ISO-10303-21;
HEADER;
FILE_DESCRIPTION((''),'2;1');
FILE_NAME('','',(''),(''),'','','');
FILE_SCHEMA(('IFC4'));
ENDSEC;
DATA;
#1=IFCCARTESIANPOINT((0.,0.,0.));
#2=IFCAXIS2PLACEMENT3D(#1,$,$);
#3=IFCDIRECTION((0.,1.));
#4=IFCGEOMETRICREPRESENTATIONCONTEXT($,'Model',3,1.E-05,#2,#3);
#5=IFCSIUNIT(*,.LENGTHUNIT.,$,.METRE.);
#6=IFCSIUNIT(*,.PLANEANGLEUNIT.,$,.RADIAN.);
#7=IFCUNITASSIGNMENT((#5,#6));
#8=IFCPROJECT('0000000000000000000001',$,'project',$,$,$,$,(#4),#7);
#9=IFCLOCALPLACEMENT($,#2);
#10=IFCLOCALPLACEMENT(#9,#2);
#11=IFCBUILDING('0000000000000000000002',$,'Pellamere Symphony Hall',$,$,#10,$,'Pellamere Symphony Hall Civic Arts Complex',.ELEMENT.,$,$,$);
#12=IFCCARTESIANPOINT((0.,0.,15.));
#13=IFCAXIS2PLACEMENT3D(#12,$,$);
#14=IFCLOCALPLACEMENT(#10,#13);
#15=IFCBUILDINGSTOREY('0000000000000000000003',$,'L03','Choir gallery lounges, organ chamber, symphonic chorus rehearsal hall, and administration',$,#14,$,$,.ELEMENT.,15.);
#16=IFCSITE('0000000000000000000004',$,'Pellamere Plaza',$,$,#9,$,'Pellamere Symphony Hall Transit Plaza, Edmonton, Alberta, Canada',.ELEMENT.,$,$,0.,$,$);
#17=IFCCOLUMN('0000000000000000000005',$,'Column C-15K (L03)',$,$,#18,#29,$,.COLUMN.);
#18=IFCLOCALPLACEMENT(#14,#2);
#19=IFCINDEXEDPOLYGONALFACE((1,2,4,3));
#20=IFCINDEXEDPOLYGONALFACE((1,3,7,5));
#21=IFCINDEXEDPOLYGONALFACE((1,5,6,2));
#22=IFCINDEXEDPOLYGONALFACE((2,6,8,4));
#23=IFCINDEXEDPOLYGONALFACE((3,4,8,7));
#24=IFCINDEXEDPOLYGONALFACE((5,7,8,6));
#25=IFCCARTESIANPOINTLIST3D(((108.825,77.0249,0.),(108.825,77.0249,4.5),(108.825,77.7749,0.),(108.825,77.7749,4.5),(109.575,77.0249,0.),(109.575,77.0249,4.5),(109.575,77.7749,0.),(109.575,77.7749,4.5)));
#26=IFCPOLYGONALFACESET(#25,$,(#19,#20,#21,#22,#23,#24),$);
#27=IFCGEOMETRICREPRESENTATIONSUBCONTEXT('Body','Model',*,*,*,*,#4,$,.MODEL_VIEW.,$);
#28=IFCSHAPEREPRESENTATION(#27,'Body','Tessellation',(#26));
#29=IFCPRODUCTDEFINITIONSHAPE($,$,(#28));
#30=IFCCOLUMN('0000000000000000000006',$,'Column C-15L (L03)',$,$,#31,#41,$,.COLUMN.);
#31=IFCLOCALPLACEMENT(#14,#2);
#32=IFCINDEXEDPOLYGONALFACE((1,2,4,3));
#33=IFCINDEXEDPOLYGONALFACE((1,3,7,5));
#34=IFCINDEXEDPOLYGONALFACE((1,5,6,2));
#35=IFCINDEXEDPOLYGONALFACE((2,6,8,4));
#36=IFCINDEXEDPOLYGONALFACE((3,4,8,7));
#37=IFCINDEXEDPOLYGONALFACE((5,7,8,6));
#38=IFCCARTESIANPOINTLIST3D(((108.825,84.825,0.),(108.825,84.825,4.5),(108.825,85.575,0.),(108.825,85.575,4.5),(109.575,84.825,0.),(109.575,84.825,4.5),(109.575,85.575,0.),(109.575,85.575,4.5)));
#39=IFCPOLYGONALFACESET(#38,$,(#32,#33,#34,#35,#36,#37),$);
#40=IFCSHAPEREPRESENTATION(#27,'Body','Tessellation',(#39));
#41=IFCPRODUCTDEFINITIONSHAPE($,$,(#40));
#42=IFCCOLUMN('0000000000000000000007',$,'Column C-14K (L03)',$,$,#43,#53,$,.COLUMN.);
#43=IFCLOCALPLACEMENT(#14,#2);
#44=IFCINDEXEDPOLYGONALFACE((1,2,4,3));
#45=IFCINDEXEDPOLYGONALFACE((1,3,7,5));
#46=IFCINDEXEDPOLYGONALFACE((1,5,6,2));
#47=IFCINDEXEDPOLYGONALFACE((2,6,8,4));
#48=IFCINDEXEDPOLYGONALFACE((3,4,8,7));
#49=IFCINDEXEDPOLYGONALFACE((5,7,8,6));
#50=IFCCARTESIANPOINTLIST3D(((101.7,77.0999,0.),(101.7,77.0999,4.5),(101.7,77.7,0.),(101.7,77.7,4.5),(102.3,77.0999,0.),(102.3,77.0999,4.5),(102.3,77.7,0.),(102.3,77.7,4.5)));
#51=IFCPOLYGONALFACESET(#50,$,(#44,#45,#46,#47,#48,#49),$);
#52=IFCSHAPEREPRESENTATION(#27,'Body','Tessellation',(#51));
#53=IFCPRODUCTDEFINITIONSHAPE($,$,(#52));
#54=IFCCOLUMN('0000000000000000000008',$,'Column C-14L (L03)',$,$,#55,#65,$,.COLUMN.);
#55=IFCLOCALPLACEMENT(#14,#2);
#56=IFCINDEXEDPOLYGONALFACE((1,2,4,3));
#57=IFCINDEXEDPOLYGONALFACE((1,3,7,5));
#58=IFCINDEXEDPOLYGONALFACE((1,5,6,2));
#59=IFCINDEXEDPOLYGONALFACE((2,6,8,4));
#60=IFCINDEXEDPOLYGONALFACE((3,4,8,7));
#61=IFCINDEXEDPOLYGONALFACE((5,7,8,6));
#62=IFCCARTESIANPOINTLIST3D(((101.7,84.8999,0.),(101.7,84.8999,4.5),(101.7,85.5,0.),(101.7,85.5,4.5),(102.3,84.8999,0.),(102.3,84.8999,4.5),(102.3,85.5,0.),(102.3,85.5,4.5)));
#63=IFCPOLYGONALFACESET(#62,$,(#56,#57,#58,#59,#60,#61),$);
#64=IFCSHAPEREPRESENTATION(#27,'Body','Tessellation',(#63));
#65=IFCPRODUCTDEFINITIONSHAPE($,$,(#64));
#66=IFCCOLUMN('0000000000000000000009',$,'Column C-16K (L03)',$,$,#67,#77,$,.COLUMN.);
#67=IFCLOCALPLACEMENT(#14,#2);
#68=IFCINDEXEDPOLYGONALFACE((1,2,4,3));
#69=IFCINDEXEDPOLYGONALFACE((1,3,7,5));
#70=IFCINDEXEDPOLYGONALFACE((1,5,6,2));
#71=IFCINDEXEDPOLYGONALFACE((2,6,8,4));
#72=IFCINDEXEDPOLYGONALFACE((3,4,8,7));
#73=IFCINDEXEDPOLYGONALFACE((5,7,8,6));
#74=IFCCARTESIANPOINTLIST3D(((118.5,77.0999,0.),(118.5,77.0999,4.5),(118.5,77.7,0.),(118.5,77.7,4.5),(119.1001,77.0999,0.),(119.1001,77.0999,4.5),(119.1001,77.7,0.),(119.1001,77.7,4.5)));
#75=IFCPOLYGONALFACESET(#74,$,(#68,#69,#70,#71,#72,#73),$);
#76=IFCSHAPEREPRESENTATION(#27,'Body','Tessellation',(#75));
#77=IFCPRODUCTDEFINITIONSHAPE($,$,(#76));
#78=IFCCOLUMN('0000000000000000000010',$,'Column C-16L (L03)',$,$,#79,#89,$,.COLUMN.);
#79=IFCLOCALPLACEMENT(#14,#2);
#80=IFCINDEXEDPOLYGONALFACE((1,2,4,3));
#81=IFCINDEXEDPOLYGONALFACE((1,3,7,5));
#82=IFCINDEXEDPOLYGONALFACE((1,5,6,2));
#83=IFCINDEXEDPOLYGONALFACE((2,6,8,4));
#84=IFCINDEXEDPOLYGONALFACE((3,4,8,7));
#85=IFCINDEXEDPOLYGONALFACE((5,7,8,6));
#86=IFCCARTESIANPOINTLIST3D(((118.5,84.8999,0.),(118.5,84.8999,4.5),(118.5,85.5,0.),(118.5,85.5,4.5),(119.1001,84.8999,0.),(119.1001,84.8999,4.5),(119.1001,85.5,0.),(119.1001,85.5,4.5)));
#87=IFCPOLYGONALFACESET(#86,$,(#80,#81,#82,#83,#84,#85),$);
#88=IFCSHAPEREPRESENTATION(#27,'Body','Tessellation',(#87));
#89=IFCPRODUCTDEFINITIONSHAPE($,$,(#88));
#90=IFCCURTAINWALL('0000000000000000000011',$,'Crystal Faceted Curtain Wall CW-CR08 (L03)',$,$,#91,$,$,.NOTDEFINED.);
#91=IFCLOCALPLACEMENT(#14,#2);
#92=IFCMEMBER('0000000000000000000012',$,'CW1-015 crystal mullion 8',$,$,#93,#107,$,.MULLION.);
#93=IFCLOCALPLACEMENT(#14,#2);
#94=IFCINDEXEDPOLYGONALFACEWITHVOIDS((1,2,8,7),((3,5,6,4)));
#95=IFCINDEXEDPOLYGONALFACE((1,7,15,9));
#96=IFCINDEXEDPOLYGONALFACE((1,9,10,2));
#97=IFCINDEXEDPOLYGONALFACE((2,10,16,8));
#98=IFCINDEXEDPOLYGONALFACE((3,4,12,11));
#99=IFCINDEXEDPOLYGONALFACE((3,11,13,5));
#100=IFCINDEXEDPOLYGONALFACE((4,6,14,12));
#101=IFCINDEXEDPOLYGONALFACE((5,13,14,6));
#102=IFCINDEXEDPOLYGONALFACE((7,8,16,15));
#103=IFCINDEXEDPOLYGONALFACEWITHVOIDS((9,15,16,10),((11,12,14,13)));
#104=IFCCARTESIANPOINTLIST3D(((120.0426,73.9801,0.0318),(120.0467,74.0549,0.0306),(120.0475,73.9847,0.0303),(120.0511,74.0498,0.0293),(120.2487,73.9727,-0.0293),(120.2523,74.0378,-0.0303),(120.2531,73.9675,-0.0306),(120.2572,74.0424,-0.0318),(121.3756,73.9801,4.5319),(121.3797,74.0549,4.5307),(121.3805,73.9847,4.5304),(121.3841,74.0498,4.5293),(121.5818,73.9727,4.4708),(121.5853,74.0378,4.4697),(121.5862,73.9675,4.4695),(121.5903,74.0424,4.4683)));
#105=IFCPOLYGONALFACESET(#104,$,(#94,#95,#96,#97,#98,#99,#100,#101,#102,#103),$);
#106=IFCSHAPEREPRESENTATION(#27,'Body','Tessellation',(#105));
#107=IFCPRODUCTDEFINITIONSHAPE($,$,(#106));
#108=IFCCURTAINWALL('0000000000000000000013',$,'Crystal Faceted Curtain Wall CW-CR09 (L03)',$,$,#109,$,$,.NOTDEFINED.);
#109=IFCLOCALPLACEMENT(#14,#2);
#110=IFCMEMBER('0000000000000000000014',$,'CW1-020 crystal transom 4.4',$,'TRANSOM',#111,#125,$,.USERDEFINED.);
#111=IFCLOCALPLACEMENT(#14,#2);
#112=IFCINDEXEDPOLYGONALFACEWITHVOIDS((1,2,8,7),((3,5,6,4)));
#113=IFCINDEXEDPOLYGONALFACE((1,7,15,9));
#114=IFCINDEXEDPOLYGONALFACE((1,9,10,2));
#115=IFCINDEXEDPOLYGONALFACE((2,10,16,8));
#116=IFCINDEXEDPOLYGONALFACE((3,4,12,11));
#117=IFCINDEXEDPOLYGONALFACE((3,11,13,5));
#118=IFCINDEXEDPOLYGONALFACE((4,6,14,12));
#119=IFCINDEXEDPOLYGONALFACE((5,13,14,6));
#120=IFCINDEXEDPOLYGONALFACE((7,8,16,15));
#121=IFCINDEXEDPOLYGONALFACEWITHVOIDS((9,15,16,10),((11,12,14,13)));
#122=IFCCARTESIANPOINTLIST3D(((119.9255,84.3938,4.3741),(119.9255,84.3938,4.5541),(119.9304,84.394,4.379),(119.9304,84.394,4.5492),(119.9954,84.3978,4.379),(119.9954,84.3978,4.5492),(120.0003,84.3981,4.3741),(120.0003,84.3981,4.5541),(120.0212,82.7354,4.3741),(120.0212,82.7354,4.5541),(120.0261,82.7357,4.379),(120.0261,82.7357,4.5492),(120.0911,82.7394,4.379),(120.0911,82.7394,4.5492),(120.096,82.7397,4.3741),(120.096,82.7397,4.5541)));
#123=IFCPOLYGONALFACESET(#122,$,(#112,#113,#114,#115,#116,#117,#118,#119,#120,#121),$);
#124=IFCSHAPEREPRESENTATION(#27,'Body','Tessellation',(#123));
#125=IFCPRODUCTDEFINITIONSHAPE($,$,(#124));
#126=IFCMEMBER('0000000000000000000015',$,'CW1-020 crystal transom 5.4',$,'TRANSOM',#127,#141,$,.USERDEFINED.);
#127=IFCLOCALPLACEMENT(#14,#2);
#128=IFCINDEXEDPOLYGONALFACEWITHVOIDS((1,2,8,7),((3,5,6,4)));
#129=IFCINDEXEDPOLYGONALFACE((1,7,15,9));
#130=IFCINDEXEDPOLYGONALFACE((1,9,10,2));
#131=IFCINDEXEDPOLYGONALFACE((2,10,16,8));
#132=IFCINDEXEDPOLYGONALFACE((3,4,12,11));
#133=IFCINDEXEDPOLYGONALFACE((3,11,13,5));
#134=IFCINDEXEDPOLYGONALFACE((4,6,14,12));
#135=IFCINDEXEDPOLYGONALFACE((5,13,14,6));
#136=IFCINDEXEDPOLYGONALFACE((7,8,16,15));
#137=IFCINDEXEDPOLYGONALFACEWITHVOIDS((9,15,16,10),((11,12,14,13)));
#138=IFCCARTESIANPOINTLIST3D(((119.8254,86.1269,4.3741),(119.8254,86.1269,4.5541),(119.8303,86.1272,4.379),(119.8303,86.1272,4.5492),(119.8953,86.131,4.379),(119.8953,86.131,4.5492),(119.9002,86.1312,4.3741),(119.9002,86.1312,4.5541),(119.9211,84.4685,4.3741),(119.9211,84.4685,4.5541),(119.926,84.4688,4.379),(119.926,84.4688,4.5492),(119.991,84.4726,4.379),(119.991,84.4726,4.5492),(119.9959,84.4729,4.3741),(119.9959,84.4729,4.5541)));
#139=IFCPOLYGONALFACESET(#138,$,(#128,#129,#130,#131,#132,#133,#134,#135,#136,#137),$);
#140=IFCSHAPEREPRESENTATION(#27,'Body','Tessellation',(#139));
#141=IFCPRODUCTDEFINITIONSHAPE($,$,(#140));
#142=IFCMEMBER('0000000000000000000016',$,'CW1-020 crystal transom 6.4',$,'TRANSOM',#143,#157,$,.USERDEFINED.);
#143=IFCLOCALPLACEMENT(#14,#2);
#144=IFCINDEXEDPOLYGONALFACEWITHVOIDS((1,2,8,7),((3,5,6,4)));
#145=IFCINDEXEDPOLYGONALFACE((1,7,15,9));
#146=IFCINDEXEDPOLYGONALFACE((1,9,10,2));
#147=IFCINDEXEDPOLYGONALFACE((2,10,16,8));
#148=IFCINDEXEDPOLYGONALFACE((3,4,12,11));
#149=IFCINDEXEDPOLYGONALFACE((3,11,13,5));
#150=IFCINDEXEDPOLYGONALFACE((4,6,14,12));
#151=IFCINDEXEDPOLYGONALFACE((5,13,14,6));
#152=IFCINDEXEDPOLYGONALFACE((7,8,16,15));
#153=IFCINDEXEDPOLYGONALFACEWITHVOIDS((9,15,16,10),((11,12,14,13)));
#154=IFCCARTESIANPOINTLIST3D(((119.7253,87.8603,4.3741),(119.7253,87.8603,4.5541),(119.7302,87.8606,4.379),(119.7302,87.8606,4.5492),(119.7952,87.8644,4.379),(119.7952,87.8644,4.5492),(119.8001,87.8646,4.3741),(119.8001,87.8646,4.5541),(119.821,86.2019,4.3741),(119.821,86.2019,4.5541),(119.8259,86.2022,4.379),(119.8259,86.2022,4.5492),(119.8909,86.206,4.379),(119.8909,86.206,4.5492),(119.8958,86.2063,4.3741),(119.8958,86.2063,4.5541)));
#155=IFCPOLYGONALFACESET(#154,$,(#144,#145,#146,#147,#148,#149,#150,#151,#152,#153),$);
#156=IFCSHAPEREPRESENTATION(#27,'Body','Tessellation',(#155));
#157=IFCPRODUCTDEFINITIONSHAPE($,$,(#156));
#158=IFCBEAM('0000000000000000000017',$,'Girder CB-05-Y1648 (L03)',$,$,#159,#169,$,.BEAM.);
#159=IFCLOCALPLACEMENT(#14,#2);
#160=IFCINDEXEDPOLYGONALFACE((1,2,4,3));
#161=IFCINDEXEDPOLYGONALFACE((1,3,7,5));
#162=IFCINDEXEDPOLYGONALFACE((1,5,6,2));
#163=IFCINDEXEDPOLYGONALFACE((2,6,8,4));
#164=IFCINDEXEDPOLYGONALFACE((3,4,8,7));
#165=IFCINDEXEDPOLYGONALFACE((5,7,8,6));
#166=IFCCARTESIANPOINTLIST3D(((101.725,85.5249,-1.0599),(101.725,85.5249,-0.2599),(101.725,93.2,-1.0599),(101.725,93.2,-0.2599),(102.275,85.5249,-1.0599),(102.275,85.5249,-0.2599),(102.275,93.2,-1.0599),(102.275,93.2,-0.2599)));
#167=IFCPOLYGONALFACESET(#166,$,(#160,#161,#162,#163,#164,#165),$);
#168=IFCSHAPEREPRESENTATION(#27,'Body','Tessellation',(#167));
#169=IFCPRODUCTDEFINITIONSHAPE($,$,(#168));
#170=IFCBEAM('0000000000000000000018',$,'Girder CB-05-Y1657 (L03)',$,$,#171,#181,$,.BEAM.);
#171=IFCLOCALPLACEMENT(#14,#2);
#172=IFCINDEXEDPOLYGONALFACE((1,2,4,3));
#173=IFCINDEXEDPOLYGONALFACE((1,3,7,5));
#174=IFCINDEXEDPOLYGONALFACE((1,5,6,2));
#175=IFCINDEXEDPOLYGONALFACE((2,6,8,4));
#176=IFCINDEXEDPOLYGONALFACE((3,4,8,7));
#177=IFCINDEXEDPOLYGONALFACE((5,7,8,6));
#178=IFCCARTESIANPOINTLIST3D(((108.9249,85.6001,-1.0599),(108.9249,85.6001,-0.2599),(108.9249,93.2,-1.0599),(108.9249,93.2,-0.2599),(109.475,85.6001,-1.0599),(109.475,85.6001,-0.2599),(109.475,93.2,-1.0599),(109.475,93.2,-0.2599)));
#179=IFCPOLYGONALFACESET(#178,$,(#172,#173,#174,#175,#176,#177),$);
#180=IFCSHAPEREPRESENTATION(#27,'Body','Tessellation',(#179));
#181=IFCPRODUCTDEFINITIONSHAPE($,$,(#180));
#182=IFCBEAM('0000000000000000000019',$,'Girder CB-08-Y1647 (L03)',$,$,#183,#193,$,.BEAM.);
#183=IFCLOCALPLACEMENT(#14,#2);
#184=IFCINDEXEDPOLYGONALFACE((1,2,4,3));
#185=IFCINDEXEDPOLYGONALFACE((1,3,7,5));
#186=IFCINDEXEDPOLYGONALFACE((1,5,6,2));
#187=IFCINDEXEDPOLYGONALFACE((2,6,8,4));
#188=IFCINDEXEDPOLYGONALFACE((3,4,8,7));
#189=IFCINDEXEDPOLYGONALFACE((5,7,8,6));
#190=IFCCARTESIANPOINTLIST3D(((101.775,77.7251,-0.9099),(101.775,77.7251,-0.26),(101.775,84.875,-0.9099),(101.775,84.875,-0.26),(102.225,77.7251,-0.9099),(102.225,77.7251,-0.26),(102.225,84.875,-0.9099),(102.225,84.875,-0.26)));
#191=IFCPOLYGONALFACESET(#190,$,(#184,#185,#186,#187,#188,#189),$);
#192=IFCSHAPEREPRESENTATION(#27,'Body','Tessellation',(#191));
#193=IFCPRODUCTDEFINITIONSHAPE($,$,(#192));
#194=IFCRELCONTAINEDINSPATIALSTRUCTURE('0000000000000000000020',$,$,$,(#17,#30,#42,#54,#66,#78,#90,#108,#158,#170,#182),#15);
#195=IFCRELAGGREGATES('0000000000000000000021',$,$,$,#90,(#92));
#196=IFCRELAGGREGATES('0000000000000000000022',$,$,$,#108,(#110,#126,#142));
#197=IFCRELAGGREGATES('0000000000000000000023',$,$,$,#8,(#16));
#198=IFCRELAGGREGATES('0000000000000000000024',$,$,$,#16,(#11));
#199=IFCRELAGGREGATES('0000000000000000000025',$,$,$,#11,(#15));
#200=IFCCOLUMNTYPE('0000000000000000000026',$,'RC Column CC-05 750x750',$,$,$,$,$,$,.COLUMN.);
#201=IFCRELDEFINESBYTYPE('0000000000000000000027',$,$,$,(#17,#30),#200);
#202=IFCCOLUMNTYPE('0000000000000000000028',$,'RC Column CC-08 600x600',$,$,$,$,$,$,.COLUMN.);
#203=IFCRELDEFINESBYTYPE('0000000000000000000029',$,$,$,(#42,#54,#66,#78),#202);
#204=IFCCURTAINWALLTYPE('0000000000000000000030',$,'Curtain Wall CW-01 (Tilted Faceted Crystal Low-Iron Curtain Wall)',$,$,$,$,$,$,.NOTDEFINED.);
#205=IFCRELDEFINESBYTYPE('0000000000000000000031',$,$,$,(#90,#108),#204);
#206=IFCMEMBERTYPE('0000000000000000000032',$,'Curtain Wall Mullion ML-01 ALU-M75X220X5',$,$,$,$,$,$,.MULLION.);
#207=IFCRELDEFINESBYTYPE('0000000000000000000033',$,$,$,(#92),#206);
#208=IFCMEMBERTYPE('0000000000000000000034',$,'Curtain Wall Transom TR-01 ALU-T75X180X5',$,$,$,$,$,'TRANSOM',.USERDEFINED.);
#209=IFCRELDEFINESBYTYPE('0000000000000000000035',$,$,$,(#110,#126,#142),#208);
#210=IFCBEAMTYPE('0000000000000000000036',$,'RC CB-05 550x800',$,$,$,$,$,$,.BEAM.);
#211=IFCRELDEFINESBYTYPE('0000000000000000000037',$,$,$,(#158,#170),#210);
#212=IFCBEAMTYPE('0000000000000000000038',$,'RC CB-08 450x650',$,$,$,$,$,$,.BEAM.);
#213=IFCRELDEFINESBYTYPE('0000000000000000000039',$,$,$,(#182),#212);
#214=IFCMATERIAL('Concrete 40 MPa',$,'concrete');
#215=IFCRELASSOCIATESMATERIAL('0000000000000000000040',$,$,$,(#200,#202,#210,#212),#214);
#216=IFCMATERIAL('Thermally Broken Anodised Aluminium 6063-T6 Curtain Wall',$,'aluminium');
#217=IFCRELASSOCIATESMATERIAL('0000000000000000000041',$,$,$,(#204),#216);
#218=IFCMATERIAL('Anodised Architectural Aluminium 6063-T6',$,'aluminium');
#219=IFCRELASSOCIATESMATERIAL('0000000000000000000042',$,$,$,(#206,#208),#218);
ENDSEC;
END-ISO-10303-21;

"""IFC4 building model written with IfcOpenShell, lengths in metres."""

from ifc_helpers import new_model, si_unit, direction, frame, origin, origin_2d, place, context, subcontext, project, spatial, rectangle, hollow_rectangle, extrude, material, material_profile, profile_set, type_object, element, aggregate, save


model = new_model("IFC4")

# Units and contexts
model_context = context("Model", 3, precision=1e-05, world=origin(), true_north=direction((0.0, 1.0)))
body_context = subcontext(model_context, "Body", "Model", "MODEL_VIEW")
ifc_project = project(units=[si_unit("LENGTHUNIT", "METRE"), si_unit("PLANEANGLEUNIT", "RADIAN")], contexts=[model_context])

# Site, building, storey
site_placement = place(None, origin())
site = spatial("IfcSite", under=ifc_project, at=site_placement, Name="Pellamere Plaza", LongName="Pellamere Symphony Hall Transit Plaza, Edmonton, Alberta, Canada", CompositionType="ELEMENT", RefElevation=0.0)
building_placement = place(site_placement, origin())
building = spatial("IfcBuilding", under=site, at=building_placement, Name="Pellamere Symphony Hall", LongName="Pellamere Symphony Hall Civic Arts Complex", CompositionType="ELEMENT")
storey_placement = place(building_placement, frame((0.0, 0.0, 15.0)))
storey = spatial("IfcBuildingStorey", under=building, at=storey_placement, Name="L03", Description="Choir gallery lounges, organ chamber, symphonic chorus rehearsal hall, and administration", CompositionType="ELEMENT", Elevation=15.0)

# Columns
ifc_material_1 = material(Name="Concrete 40 MPa", Category="concrete")
ifc_material_profile_1 = material_profile(ifc_material_1, rectangle(XDim=0.75, YDim=0.75, at=origin_2d()), Name="RC 750x750")
ifc_profile_set_1 = profile_set([ifc_material_profile_1], Name="Concrete 40 MPa")
column_type_1 = type_object("IfcColumnType", Name="RC Column CC-05 750x750", PredefinedType="COLUMN", material=ifc_profile_set_1)
for number, where, z_axis, x_axis, name in (
    (1, (109.2, 77.3999, 0.0), (0.0, 0.0, 1.0), (1.0, 0.0, 0.0), "Column C-15K (L03)"),
    (2, (109.2, 85.2, 0.0), (0.0, 0.0, 1.0), (1.0, 0.0, 0.0), "Column C-15L (L03)"),
):
    element("IfcColumn", number, at=place(storey_placement, frame(where, z_axis=z_axis, x_axis=x_axis)), inside=storey, type_object=column_type_1, Name=name, PredefinedType="COLUMN", context=body_context, shape_type="SweptSolid", body=[
        extrude(rectangle(XDim=0.75, YDim=0.75, at=origin_2d()), origin(), (0.0, 0.0, 1.0), 4.5),
    ])
ifc_material_profile_2 = material_profile(ifc_material_1, rectangle(XDim=0.6001, YDim=0.6001, at=origin_2d()), Name="RC 600x600")
ifc_profile_set_2 = profile_set([ifc_material_profile_2], Name="Concrete 40 MPa")
column_type_2 = type_object("IfcColumnType", Name="RC Column CC-08 600x600", PredefinedType="COLUMN", material=ifc_profile_set_2)
for number, where, z_axis, x_axis, name in (
    (3, (102.0, 77.3999, 0.0), (0.0, 0.0, 1.0), (1.0, 0.0, 0.0), "Column C-14K (L03)"),
    (4, (102.0, 85.2, 0.0), (0.0, 0.0, 1.0), (1.0, 0.0, 0.0), "Column C-14L (L03)"),
    (5, (118.8, 77.3999, 0.0), (0.0, 0.0, 1.0), (1.0, 0.0, 0.0), "Column C-16K (L03)"),
    (6, (118.8, 85.2, 0.0), (0.0, 0.0, 1.0), (1.0, 0.0, 0.0), "Column C-16L (L03)"),
):
    element("IfcColumn", number, at=place(storey_placement, frame(where, z_axis=z_axis, x_axis=x_axis)), inside=storey, type_object=column_type_2, Name=name, PredefinedType="COLUMN", context=body_context, shape_type="SweptSolid", body=[
        extrude(rectangle(XDim=0.6001, YDim=0.6001, at=origin_2d()), origin(), (0.0, 0.0, 1.0), 4.5),
    ])

# Curtain wall, member
ifc_material_2 = material(Name="Thermally Broken Anodised Aluminium 6063-T6 Curtain Wall", Category="aluminium")
curtain_wall_type = type_object("IfcCurtainWallType", Name="Curtain Wall CW-01 (Tilted Faceted Crystal Low-Iron Curtain Wall)", PredefinedType="NOTDEFINED", material=ifc_material_2)
curtain_wall_1_placement = place(storey_placement, origin())
curtain_wall_1 = element("IfcCurtainWall", 7, at=curtain_wall_1_placement, inside=storey, type_object=curtain_wall_type, Name="Crystal Faceted Curtain Wall CW-CR08 (L03)", PredefinedType="NOTDEFINED")
ifc_material_3 = material(Name="Anodised Architectural Aluminium 6063-T6", Category="aluminium")
ifc_material_profile_3 = material_profile(ifc_material_3, hollow_rectangle(XDim=0.075, YDim=0.22, WallThickness=0.0049, at=origin_2d()), Name="ALU-M75X220X5")
ifc_profile_set_3 = profile_set([ifc_material_profile_3], Name="Anodised Architectural Aluminium 6063-T6")
member_type_1 = type_object("IfcMemberType", Name="Curtain Wall Mullion ML-01 ALU-M75X220X5", PredefinedType="MULLION", material=ifc_profile_set_3)
member_1_placement = place(storey_placement, frame((120.1499, 74.0112, 0.0), z_axis=(0.284025, 0.0, 0.958817), x_axis=(-0.054874, -0.998361, 0.016255)))
member_1 = element("IfcMember", 8, at=member_1_placement, type_object=member_type_1, Name="CW1-015 crystal mullion 8", PredefinedType="MULLION", context=body_context, shape_type="SweptSolid", body=[
    extrude(hollow_rectangle(XDim=0.075, YDim=0.22, WallThickness=0.0049, at=origin_2d()), origin(), (0.0, 0.0, 1.0), 4.6934),
])
aggregate(curtain_wall_1, [member_1])

# Curtain wall, members
curtain_wall_2_placement = place(storey_placement, origin())
curtain_wall_2 = element("IfcCurtainWall", 9, at=curtain_wall_2_placement, inside=storey, type_object=curtain_wall_type, Name="Crystal Faceted Curtain Wall CW-CR09 (L03)", PredefinedType="NOTDEFINED")
ifc_material_profile_4 = material_profile(ifc_material_3, hollow_rectangle(XDim=0.075, YDim=0.1799, WallThickness=0.0049, at=origin_2d()), Name="ALU-T75X180X5")
ifc_profile_set_4 = profile_set([ifc_material_profile_4], Name="Anodised Architectural Aluminium 6063-T6")
member_type_2 = type_object("IfcMemberType", Name="Curtain Wall Transom TR-01 ALU-T75X180X5", ElementType="TRANSOM", PredefinedType="USERDEFINED", material=ifc_profile_set_4)
member_2_placement = place(storey_placement, frame((120.0586, 82.7375, 4.4641), z_axis=(-0.057611, 0.998339, 0.0), x_axis=(-0.998339, -0.057611, 0.0)))
member_2 = element("IfcMember", 10, at=member_2_placement, type_object=member_type_2, Name="CW1-020 crystal transom 4.4", ObjectType="TRANSOM", PredefinedType="USERDEFINED", context=body_context, shape_type="SweptSolid", body=[
    extrude(hollow_rectangle(XDim=0.075, YDim=0.1799, WallThickness=0.0049, at=origin_2d()), origin(), (0.0, 0.0, 1.0), 1.6611),
])
member_3_placement = place(storey_placement, frame((119.9585, 84.4707, 4.4641), z_axis=(-0.057611, 0.998339, 0.0), x_axis=(-0.998339, -0.057611, 0.0)))
member_3 = element("IfcMember", 11, at=member_3_placement, type_object=member_type_2, Name="CW1-020 crystal transom 5.4", ObjectType="TRANSOM", PredefinedType="USERDEFINED", context=body_context, shape_type="SweptSolid", body=[
    extrude(hollow_rectangle(XDim=0.075, YDim=0.1799, WallThickness=0.0049, at=origin_2d()), origin(), (0.0, 0.0, 1.0), 1.6611),
])
member_4_placement = place(storey_placement, frame((119.8584, 86.2041, 4.4641), z_axis=(-0.057611, 0.998339, 0.0), x_axis=(-0.998339, -0.057611, 0.0)))
member_4 = element("IfcMember", 12, at=member_4_placement, type_object=member_type_2, Name="CW1-020 crystal transom 6.4", ObjectType="TRANSOM", PredefinedType="USERDEFINED", context=body_context, shape_type="SweptSolid", body=[
    extrude(hollow_rectangle(XDim=0.075, YDim=0.1799, WallThickness=0.0049, at=origin_2d()), origin(), (0.0, 0.0, 1.0), 1.6611),
])
aggregate(curtain_wall_2, [member_2, member_3, member_4])

# Beams
ifc_material_profile_5 = material_profile(ifc_material_1, rectangle(XDim=0.55, YDim=0.8, at=origin_2d()), Name="RC 550x800")
ifc_profile_set_5 = profile_set([ifc_material_profile_5], Name="Concrete 40 MPa")
beam_type_1 = type_object("IfcBeamType", Name="RC CB-05 550x800", PredefinedType="BEAM", material=ifc_profile_set_5)
beam_1_placement = place(storey_placement, frame((102.0, 85.5249, -0.6599), z_axis=(0.0, 1.0, 0.0), x_axis=(-1.0, 0.0, 0.0)))
element("IfcBeam", 13, at=beam_1_placement, inside=storey, type_object=beam_type_1, Name="Girder CB-05-Y1648 (L03)", PredefinedType="BEAM", context=body_context, shape_type="SweptSolid", body=[
    extrude(rectangle(XDim=0.55, YDim=0.8, at=origin_2d()), origin(), (0.0, 0.0, 1.0), 7.675),
])
beam_2_placement = place(storey_placement, frame((109.2, 85.6001, -0.6599), z_axis=(0.0, 1.0, 0.0), x_axis=(-1.0, 0.0, 0.0)))
element("IfcBeam", 14, at=beam_2_placement, inside=storey, type_object=beam_type_1, Name="Girder CB-05-Y1657 (L03)", PredefinedType="BEAM", context=body_context, shape_type="SweptSolid", body=[
    extrude(rectangle(XDim=0.55, YDim=0.8, at=origin_2d()), origin(), (0.0, 0.0, 1.0), 7.5999),
])
ifc_material_profile_6 = material_profile(ifc_material_1, rectangle(XDim=0.45, YDim=0.6499, at=origin_2d()), Name="RC 450x650")
ifc_profile_set_6 = profile_set([ifc_material_profile_6], Name="Concrete 40 MPa")
beam_type_2 = type_object("IfcBeamType", Name="RC CB-08 450x650", PredefinedType="BEAM", material=ifc_profile_set_6)
beam_3_placement = place(storey_placement, frame((102.0, 77.7251, -0.585), z_axis=(0.0, 1.0, 0.0), x_axis=(-1.0, 0.0, 0.0)))
element("IfcBeam", 15, at=beam_3_placement, inside=storey, type_object=beam_type_2, Name="Girder CB-08-Y1647 (L03)", PredefinedType="BEAM", context=body_context, shape_type="SweptSolid", body=[
    extrude(rectangle(XDim=0.45, YDim=0.6499, at=origin_2d()), origin(), (0.0, 0.0, 1.0), 7.1499),
])

save(model, "model.ifc")
